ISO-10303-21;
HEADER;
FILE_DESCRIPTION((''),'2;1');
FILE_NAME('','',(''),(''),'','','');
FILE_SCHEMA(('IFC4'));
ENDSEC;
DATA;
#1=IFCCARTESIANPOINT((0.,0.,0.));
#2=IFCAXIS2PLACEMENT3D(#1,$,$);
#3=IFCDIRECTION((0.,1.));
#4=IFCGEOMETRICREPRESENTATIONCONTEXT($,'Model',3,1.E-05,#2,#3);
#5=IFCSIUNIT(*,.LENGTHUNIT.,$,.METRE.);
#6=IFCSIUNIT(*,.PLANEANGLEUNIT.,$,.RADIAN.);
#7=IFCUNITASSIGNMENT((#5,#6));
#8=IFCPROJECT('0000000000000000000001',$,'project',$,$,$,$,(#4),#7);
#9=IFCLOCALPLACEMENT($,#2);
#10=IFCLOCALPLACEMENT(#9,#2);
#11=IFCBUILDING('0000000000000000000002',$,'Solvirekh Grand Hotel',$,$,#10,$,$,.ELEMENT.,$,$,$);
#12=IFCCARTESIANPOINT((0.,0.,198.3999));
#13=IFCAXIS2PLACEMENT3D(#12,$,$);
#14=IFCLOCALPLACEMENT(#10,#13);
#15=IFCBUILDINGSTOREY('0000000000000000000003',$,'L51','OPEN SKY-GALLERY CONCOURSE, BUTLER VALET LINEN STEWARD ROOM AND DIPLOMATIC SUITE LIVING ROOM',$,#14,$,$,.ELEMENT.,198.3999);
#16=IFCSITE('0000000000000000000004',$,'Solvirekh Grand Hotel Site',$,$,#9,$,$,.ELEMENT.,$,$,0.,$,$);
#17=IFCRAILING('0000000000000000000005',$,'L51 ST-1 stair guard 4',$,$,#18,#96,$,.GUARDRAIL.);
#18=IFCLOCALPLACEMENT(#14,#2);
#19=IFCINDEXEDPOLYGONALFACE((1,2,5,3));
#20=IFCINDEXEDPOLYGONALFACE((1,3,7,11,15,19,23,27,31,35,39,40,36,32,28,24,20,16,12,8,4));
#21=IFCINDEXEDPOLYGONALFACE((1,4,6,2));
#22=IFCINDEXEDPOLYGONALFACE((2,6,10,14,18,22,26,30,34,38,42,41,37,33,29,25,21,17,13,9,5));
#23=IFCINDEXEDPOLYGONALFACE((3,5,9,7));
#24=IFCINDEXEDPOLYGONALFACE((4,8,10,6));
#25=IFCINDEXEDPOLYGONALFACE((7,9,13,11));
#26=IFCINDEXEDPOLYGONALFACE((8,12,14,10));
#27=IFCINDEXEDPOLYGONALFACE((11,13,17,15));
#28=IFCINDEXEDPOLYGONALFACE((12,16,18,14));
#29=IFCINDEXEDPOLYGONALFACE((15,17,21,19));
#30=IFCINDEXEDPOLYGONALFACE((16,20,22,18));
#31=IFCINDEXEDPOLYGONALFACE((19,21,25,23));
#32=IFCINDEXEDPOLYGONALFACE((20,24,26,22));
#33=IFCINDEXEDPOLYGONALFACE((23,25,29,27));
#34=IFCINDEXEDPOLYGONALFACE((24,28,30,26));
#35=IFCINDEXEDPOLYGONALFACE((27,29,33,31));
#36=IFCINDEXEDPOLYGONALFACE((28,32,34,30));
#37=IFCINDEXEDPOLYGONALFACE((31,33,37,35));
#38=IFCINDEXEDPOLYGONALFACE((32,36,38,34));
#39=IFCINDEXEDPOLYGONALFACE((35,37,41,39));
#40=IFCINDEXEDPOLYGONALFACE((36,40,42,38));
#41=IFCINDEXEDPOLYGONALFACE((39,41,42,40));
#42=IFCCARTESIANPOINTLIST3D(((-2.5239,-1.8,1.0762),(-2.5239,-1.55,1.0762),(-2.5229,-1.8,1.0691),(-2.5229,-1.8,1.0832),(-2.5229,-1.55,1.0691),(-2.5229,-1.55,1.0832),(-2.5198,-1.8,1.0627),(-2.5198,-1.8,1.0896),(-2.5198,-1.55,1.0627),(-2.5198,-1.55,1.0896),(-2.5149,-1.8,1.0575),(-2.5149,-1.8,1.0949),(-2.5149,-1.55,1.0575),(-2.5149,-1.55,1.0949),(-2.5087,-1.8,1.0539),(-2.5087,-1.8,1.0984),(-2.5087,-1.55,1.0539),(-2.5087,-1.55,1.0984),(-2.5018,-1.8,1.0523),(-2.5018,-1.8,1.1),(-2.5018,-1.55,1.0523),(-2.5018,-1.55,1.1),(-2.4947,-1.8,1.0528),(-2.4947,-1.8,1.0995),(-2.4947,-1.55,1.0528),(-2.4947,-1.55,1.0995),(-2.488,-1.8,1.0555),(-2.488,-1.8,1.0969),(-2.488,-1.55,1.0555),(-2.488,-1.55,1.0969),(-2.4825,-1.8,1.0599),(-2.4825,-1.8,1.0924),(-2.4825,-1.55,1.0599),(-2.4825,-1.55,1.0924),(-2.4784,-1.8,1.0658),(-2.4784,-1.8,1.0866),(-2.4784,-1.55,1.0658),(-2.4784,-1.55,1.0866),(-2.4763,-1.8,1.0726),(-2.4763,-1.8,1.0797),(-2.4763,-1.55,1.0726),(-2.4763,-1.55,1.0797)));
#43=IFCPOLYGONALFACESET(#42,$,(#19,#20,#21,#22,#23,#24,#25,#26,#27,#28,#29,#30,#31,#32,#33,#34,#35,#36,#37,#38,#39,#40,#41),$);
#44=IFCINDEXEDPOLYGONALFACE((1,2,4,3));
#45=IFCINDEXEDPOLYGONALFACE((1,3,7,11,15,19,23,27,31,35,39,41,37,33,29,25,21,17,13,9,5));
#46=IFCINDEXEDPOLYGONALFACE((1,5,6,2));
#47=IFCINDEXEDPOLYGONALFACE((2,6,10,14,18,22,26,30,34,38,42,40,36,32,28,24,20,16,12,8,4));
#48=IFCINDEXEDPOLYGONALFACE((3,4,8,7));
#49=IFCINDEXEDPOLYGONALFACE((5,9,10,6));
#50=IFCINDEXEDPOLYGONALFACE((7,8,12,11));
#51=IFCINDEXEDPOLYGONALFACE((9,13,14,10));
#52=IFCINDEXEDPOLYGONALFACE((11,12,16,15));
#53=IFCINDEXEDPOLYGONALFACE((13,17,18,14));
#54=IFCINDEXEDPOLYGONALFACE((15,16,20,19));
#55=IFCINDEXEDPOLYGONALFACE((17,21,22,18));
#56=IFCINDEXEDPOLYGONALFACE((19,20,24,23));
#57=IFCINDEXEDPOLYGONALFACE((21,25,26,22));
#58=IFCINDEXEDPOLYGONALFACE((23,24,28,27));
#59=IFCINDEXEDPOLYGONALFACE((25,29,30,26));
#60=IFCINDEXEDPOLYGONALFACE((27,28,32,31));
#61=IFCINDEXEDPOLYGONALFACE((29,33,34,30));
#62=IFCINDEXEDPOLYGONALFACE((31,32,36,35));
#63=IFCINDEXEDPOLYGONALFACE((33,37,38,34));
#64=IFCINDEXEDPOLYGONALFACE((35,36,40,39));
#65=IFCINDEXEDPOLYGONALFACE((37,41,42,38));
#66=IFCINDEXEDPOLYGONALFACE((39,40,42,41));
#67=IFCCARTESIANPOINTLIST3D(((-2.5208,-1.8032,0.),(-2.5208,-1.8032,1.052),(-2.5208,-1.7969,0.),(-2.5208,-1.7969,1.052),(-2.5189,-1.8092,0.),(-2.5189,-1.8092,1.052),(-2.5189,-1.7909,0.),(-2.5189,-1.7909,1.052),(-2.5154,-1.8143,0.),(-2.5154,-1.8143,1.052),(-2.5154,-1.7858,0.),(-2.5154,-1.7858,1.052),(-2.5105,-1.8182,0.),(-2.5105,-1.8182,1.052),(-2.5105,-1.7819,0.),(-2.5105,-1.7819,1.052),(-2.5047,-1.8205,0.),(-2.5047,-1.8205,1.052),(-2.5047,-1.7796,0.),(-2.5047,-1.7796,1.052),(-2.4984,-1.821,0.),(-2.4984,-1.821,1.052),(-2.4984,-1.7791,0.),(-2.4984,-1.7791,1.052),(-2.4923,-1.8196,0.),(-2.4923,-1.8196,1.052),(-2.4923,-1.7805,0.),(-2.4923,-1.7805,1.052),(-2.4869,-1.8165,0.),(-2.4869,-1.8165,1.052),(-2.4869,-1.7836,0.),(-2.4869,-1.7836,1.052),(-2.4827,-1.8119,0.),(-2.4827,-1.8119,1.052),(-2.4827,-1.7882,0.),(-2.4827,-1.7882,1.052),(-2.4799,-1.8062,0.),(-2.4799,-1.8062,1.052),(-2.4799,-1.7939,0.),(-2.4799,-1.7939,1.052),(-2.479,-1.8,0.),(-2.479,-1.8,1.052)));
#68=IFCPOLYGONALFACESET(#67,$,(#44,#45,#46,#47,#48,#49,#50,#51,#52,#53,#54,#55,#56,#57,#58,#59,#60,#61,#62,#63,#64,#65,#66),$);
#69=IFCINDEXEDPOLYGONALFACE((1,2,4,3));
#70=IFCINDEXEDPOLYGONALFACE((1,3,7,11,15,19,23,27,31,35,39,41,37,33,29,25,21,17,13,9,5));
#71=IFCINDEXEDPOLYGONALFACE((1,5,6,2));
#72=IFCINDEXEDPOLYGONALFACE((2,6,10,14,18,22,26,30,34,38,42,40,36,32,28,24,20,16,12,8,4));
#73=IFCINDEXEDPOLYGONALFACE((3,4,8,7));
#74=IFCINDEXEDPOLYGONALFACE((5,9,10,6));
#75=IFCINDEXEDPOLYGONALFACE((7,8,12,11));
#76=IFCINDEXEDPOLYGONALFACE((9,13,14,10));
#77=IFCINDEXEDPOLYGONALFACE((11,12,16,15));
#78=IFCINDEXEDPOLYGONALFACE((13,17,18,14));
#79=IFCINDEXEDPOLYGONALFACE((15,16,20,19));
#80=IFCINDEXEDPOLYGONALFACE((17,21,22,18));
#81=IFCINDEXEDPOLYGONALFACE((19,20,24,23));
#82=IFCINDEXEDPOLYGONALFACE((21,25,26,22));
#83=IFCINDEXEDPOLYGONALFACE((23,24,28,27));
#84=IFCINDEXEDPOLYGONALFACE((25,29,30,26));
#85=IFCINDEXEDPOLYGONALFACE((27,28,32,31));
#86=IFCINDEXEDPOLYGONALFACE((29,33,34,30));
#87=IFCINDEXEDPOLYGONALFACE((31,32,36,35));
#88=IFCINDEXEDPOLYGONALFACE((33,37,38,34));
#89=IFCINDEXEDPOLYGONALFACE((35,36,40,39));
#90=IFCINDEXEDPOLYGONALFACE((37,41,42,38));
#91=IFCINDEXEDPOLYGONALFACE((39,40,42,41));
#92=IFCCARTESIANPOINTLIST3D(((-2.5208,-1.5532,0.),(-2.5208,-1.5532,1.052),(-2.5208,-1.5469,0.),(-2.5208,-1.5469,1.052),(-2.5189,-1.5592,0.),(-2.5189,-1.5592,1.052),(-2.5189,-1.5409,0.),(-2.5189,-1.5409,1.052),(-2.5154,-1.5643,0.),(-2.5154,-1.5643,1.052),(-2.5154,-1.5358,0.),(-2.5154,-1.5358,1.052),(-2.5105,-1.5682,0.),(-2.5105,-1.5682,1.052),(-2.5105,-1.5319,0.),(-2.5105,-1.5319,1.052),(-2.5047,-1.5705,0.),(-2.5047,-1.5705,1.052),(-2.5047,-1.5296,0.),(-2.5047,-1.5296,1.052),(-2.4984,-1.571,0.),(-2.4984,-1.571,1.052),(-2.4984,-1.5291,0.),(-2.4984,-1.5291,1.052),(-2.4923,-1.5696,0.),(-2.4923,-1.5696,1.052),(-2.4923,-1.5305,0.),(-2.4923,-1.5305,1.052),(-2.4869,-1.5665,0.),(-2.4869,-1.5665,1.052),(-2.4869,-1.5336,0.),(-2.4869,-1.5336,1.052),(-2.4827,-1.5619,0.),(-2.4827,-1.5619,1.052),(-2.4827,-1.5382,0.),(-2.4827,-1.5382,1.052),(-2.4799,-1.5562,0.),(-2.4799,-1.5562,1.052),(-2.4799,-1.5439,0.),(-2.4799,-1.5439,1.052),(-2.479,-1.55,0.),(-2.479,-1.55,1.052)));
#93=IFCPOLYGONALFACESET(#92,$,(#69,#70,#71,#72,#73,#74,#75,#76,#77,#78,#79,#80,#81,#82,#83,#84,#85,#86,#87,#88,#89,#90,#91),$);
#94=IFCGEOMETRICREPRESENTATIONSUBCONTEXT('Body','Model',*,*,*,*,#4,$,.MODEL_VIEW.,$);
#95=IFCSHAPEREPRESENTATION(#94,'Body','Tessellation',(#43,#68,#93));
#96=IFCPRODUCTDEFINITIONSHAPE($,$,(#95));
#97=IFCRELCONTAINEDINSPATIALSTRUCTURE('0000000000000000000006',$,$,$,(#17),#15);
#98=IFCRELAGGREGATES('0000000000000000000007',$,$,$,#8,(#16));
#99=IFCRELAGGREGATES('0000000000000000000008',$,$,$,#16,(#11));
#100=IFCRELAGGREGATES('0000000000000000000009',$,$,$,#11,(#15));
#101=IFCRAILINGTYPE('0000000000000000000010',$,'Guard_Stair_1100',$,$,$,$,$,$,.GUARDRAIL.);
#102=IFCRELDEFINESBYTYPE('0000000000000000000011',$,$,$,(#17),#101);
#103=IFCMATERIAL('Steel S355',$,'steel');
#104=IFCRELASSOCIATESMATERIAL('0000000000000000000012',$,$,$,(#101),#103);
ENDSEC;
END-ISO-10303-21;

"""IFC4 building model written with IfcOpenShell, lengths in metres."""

from ifc_helpers import new_model, si_unit, direction, frame, origin, origin_2d, place, context, subcontext, project, spatial, circle, extrude, material, type_object, element, save


model = new_model("IFC4")

# Units and contexts
model_context = context("Model", 3, precision=1e-05, world=origin(), true_north=direction((0.0, 1.0)))
body_context = subcontext(model_context, "Body", "Model", "MODEL_VIEW")
ifc_project = project(units=[si_unit("LENGTHUNIT", "METRE"), si_unit("PLANEANGLEUNIT", "RADIAN")], contexts=[model_context])

# Site, building, storey
site_placement = place(None, origin())
site = spatial("IfcSite", under=ifc_project, at=site_placement, Name="Solvirekh Grand Hotel Site", CompositionType="ELEMENT", RefElevation=0.0)
building_placement = place(site_placement, origin())
building = spatial("IfcBuilding", under=site, at=building_placement, Name="Solvirekh Grand Hotel", CompositionType="ELEMENT")
storey_placement = place(building_placement, frame((0.0, 0.0, 198.3999)))
storey = spatial("IfcBuildingStorey", under=building, at=storey_placement, Name="L51", Description="OPEN SKY-GALLERY CONCOURSE, BUTLER VALET LINEN STEWARD ROOM AND DIPLOMATIC SUITE LIVING ROOM", CompositionType="ELEMENT", Elevation=198.3999)

# Railing
ifc_material_1 = material(Name="Steel S355", Category="steel")
railing_type_1 = type_object("IfcRailingType", Name="Guard_Stair_1100", PredefinedType="GUARDRAIL", material=ifc_material_1)
railing_1_placement = place(storey_placement, frame((-2.5, -1.8, 0.0)))
element("IfcRailing", 1, at=railing_1_placement, inside=storey, type_object=railing_type_1, Name="L51 ST-1 stair guard 4", PredefinedType="GUARDRAIL", context=body_context, shape_type="SweptSolid", body=[
    extrude(circle(Radius=0.0239, at=origin_2d()), frame((0.0, 0.0, 1.0762), z_axis=(0.0, 1.0, 0.0), x_axis=(-1.0, 0.0, 0.0)), (0.0, 0.0, 1.0), 0.25),
    extrude(circle(Radius=0.021, at=origin_2d()), origin(), (0.0, 0.0, 1.0), 1.052),
    extrude(circle(Radius=0.021, at=origin_2d()), frame((0.0, 0.25, 0.0)), (0.0, 0.0, 1.0), 1.052),
])

save(model, "model.ifc")
